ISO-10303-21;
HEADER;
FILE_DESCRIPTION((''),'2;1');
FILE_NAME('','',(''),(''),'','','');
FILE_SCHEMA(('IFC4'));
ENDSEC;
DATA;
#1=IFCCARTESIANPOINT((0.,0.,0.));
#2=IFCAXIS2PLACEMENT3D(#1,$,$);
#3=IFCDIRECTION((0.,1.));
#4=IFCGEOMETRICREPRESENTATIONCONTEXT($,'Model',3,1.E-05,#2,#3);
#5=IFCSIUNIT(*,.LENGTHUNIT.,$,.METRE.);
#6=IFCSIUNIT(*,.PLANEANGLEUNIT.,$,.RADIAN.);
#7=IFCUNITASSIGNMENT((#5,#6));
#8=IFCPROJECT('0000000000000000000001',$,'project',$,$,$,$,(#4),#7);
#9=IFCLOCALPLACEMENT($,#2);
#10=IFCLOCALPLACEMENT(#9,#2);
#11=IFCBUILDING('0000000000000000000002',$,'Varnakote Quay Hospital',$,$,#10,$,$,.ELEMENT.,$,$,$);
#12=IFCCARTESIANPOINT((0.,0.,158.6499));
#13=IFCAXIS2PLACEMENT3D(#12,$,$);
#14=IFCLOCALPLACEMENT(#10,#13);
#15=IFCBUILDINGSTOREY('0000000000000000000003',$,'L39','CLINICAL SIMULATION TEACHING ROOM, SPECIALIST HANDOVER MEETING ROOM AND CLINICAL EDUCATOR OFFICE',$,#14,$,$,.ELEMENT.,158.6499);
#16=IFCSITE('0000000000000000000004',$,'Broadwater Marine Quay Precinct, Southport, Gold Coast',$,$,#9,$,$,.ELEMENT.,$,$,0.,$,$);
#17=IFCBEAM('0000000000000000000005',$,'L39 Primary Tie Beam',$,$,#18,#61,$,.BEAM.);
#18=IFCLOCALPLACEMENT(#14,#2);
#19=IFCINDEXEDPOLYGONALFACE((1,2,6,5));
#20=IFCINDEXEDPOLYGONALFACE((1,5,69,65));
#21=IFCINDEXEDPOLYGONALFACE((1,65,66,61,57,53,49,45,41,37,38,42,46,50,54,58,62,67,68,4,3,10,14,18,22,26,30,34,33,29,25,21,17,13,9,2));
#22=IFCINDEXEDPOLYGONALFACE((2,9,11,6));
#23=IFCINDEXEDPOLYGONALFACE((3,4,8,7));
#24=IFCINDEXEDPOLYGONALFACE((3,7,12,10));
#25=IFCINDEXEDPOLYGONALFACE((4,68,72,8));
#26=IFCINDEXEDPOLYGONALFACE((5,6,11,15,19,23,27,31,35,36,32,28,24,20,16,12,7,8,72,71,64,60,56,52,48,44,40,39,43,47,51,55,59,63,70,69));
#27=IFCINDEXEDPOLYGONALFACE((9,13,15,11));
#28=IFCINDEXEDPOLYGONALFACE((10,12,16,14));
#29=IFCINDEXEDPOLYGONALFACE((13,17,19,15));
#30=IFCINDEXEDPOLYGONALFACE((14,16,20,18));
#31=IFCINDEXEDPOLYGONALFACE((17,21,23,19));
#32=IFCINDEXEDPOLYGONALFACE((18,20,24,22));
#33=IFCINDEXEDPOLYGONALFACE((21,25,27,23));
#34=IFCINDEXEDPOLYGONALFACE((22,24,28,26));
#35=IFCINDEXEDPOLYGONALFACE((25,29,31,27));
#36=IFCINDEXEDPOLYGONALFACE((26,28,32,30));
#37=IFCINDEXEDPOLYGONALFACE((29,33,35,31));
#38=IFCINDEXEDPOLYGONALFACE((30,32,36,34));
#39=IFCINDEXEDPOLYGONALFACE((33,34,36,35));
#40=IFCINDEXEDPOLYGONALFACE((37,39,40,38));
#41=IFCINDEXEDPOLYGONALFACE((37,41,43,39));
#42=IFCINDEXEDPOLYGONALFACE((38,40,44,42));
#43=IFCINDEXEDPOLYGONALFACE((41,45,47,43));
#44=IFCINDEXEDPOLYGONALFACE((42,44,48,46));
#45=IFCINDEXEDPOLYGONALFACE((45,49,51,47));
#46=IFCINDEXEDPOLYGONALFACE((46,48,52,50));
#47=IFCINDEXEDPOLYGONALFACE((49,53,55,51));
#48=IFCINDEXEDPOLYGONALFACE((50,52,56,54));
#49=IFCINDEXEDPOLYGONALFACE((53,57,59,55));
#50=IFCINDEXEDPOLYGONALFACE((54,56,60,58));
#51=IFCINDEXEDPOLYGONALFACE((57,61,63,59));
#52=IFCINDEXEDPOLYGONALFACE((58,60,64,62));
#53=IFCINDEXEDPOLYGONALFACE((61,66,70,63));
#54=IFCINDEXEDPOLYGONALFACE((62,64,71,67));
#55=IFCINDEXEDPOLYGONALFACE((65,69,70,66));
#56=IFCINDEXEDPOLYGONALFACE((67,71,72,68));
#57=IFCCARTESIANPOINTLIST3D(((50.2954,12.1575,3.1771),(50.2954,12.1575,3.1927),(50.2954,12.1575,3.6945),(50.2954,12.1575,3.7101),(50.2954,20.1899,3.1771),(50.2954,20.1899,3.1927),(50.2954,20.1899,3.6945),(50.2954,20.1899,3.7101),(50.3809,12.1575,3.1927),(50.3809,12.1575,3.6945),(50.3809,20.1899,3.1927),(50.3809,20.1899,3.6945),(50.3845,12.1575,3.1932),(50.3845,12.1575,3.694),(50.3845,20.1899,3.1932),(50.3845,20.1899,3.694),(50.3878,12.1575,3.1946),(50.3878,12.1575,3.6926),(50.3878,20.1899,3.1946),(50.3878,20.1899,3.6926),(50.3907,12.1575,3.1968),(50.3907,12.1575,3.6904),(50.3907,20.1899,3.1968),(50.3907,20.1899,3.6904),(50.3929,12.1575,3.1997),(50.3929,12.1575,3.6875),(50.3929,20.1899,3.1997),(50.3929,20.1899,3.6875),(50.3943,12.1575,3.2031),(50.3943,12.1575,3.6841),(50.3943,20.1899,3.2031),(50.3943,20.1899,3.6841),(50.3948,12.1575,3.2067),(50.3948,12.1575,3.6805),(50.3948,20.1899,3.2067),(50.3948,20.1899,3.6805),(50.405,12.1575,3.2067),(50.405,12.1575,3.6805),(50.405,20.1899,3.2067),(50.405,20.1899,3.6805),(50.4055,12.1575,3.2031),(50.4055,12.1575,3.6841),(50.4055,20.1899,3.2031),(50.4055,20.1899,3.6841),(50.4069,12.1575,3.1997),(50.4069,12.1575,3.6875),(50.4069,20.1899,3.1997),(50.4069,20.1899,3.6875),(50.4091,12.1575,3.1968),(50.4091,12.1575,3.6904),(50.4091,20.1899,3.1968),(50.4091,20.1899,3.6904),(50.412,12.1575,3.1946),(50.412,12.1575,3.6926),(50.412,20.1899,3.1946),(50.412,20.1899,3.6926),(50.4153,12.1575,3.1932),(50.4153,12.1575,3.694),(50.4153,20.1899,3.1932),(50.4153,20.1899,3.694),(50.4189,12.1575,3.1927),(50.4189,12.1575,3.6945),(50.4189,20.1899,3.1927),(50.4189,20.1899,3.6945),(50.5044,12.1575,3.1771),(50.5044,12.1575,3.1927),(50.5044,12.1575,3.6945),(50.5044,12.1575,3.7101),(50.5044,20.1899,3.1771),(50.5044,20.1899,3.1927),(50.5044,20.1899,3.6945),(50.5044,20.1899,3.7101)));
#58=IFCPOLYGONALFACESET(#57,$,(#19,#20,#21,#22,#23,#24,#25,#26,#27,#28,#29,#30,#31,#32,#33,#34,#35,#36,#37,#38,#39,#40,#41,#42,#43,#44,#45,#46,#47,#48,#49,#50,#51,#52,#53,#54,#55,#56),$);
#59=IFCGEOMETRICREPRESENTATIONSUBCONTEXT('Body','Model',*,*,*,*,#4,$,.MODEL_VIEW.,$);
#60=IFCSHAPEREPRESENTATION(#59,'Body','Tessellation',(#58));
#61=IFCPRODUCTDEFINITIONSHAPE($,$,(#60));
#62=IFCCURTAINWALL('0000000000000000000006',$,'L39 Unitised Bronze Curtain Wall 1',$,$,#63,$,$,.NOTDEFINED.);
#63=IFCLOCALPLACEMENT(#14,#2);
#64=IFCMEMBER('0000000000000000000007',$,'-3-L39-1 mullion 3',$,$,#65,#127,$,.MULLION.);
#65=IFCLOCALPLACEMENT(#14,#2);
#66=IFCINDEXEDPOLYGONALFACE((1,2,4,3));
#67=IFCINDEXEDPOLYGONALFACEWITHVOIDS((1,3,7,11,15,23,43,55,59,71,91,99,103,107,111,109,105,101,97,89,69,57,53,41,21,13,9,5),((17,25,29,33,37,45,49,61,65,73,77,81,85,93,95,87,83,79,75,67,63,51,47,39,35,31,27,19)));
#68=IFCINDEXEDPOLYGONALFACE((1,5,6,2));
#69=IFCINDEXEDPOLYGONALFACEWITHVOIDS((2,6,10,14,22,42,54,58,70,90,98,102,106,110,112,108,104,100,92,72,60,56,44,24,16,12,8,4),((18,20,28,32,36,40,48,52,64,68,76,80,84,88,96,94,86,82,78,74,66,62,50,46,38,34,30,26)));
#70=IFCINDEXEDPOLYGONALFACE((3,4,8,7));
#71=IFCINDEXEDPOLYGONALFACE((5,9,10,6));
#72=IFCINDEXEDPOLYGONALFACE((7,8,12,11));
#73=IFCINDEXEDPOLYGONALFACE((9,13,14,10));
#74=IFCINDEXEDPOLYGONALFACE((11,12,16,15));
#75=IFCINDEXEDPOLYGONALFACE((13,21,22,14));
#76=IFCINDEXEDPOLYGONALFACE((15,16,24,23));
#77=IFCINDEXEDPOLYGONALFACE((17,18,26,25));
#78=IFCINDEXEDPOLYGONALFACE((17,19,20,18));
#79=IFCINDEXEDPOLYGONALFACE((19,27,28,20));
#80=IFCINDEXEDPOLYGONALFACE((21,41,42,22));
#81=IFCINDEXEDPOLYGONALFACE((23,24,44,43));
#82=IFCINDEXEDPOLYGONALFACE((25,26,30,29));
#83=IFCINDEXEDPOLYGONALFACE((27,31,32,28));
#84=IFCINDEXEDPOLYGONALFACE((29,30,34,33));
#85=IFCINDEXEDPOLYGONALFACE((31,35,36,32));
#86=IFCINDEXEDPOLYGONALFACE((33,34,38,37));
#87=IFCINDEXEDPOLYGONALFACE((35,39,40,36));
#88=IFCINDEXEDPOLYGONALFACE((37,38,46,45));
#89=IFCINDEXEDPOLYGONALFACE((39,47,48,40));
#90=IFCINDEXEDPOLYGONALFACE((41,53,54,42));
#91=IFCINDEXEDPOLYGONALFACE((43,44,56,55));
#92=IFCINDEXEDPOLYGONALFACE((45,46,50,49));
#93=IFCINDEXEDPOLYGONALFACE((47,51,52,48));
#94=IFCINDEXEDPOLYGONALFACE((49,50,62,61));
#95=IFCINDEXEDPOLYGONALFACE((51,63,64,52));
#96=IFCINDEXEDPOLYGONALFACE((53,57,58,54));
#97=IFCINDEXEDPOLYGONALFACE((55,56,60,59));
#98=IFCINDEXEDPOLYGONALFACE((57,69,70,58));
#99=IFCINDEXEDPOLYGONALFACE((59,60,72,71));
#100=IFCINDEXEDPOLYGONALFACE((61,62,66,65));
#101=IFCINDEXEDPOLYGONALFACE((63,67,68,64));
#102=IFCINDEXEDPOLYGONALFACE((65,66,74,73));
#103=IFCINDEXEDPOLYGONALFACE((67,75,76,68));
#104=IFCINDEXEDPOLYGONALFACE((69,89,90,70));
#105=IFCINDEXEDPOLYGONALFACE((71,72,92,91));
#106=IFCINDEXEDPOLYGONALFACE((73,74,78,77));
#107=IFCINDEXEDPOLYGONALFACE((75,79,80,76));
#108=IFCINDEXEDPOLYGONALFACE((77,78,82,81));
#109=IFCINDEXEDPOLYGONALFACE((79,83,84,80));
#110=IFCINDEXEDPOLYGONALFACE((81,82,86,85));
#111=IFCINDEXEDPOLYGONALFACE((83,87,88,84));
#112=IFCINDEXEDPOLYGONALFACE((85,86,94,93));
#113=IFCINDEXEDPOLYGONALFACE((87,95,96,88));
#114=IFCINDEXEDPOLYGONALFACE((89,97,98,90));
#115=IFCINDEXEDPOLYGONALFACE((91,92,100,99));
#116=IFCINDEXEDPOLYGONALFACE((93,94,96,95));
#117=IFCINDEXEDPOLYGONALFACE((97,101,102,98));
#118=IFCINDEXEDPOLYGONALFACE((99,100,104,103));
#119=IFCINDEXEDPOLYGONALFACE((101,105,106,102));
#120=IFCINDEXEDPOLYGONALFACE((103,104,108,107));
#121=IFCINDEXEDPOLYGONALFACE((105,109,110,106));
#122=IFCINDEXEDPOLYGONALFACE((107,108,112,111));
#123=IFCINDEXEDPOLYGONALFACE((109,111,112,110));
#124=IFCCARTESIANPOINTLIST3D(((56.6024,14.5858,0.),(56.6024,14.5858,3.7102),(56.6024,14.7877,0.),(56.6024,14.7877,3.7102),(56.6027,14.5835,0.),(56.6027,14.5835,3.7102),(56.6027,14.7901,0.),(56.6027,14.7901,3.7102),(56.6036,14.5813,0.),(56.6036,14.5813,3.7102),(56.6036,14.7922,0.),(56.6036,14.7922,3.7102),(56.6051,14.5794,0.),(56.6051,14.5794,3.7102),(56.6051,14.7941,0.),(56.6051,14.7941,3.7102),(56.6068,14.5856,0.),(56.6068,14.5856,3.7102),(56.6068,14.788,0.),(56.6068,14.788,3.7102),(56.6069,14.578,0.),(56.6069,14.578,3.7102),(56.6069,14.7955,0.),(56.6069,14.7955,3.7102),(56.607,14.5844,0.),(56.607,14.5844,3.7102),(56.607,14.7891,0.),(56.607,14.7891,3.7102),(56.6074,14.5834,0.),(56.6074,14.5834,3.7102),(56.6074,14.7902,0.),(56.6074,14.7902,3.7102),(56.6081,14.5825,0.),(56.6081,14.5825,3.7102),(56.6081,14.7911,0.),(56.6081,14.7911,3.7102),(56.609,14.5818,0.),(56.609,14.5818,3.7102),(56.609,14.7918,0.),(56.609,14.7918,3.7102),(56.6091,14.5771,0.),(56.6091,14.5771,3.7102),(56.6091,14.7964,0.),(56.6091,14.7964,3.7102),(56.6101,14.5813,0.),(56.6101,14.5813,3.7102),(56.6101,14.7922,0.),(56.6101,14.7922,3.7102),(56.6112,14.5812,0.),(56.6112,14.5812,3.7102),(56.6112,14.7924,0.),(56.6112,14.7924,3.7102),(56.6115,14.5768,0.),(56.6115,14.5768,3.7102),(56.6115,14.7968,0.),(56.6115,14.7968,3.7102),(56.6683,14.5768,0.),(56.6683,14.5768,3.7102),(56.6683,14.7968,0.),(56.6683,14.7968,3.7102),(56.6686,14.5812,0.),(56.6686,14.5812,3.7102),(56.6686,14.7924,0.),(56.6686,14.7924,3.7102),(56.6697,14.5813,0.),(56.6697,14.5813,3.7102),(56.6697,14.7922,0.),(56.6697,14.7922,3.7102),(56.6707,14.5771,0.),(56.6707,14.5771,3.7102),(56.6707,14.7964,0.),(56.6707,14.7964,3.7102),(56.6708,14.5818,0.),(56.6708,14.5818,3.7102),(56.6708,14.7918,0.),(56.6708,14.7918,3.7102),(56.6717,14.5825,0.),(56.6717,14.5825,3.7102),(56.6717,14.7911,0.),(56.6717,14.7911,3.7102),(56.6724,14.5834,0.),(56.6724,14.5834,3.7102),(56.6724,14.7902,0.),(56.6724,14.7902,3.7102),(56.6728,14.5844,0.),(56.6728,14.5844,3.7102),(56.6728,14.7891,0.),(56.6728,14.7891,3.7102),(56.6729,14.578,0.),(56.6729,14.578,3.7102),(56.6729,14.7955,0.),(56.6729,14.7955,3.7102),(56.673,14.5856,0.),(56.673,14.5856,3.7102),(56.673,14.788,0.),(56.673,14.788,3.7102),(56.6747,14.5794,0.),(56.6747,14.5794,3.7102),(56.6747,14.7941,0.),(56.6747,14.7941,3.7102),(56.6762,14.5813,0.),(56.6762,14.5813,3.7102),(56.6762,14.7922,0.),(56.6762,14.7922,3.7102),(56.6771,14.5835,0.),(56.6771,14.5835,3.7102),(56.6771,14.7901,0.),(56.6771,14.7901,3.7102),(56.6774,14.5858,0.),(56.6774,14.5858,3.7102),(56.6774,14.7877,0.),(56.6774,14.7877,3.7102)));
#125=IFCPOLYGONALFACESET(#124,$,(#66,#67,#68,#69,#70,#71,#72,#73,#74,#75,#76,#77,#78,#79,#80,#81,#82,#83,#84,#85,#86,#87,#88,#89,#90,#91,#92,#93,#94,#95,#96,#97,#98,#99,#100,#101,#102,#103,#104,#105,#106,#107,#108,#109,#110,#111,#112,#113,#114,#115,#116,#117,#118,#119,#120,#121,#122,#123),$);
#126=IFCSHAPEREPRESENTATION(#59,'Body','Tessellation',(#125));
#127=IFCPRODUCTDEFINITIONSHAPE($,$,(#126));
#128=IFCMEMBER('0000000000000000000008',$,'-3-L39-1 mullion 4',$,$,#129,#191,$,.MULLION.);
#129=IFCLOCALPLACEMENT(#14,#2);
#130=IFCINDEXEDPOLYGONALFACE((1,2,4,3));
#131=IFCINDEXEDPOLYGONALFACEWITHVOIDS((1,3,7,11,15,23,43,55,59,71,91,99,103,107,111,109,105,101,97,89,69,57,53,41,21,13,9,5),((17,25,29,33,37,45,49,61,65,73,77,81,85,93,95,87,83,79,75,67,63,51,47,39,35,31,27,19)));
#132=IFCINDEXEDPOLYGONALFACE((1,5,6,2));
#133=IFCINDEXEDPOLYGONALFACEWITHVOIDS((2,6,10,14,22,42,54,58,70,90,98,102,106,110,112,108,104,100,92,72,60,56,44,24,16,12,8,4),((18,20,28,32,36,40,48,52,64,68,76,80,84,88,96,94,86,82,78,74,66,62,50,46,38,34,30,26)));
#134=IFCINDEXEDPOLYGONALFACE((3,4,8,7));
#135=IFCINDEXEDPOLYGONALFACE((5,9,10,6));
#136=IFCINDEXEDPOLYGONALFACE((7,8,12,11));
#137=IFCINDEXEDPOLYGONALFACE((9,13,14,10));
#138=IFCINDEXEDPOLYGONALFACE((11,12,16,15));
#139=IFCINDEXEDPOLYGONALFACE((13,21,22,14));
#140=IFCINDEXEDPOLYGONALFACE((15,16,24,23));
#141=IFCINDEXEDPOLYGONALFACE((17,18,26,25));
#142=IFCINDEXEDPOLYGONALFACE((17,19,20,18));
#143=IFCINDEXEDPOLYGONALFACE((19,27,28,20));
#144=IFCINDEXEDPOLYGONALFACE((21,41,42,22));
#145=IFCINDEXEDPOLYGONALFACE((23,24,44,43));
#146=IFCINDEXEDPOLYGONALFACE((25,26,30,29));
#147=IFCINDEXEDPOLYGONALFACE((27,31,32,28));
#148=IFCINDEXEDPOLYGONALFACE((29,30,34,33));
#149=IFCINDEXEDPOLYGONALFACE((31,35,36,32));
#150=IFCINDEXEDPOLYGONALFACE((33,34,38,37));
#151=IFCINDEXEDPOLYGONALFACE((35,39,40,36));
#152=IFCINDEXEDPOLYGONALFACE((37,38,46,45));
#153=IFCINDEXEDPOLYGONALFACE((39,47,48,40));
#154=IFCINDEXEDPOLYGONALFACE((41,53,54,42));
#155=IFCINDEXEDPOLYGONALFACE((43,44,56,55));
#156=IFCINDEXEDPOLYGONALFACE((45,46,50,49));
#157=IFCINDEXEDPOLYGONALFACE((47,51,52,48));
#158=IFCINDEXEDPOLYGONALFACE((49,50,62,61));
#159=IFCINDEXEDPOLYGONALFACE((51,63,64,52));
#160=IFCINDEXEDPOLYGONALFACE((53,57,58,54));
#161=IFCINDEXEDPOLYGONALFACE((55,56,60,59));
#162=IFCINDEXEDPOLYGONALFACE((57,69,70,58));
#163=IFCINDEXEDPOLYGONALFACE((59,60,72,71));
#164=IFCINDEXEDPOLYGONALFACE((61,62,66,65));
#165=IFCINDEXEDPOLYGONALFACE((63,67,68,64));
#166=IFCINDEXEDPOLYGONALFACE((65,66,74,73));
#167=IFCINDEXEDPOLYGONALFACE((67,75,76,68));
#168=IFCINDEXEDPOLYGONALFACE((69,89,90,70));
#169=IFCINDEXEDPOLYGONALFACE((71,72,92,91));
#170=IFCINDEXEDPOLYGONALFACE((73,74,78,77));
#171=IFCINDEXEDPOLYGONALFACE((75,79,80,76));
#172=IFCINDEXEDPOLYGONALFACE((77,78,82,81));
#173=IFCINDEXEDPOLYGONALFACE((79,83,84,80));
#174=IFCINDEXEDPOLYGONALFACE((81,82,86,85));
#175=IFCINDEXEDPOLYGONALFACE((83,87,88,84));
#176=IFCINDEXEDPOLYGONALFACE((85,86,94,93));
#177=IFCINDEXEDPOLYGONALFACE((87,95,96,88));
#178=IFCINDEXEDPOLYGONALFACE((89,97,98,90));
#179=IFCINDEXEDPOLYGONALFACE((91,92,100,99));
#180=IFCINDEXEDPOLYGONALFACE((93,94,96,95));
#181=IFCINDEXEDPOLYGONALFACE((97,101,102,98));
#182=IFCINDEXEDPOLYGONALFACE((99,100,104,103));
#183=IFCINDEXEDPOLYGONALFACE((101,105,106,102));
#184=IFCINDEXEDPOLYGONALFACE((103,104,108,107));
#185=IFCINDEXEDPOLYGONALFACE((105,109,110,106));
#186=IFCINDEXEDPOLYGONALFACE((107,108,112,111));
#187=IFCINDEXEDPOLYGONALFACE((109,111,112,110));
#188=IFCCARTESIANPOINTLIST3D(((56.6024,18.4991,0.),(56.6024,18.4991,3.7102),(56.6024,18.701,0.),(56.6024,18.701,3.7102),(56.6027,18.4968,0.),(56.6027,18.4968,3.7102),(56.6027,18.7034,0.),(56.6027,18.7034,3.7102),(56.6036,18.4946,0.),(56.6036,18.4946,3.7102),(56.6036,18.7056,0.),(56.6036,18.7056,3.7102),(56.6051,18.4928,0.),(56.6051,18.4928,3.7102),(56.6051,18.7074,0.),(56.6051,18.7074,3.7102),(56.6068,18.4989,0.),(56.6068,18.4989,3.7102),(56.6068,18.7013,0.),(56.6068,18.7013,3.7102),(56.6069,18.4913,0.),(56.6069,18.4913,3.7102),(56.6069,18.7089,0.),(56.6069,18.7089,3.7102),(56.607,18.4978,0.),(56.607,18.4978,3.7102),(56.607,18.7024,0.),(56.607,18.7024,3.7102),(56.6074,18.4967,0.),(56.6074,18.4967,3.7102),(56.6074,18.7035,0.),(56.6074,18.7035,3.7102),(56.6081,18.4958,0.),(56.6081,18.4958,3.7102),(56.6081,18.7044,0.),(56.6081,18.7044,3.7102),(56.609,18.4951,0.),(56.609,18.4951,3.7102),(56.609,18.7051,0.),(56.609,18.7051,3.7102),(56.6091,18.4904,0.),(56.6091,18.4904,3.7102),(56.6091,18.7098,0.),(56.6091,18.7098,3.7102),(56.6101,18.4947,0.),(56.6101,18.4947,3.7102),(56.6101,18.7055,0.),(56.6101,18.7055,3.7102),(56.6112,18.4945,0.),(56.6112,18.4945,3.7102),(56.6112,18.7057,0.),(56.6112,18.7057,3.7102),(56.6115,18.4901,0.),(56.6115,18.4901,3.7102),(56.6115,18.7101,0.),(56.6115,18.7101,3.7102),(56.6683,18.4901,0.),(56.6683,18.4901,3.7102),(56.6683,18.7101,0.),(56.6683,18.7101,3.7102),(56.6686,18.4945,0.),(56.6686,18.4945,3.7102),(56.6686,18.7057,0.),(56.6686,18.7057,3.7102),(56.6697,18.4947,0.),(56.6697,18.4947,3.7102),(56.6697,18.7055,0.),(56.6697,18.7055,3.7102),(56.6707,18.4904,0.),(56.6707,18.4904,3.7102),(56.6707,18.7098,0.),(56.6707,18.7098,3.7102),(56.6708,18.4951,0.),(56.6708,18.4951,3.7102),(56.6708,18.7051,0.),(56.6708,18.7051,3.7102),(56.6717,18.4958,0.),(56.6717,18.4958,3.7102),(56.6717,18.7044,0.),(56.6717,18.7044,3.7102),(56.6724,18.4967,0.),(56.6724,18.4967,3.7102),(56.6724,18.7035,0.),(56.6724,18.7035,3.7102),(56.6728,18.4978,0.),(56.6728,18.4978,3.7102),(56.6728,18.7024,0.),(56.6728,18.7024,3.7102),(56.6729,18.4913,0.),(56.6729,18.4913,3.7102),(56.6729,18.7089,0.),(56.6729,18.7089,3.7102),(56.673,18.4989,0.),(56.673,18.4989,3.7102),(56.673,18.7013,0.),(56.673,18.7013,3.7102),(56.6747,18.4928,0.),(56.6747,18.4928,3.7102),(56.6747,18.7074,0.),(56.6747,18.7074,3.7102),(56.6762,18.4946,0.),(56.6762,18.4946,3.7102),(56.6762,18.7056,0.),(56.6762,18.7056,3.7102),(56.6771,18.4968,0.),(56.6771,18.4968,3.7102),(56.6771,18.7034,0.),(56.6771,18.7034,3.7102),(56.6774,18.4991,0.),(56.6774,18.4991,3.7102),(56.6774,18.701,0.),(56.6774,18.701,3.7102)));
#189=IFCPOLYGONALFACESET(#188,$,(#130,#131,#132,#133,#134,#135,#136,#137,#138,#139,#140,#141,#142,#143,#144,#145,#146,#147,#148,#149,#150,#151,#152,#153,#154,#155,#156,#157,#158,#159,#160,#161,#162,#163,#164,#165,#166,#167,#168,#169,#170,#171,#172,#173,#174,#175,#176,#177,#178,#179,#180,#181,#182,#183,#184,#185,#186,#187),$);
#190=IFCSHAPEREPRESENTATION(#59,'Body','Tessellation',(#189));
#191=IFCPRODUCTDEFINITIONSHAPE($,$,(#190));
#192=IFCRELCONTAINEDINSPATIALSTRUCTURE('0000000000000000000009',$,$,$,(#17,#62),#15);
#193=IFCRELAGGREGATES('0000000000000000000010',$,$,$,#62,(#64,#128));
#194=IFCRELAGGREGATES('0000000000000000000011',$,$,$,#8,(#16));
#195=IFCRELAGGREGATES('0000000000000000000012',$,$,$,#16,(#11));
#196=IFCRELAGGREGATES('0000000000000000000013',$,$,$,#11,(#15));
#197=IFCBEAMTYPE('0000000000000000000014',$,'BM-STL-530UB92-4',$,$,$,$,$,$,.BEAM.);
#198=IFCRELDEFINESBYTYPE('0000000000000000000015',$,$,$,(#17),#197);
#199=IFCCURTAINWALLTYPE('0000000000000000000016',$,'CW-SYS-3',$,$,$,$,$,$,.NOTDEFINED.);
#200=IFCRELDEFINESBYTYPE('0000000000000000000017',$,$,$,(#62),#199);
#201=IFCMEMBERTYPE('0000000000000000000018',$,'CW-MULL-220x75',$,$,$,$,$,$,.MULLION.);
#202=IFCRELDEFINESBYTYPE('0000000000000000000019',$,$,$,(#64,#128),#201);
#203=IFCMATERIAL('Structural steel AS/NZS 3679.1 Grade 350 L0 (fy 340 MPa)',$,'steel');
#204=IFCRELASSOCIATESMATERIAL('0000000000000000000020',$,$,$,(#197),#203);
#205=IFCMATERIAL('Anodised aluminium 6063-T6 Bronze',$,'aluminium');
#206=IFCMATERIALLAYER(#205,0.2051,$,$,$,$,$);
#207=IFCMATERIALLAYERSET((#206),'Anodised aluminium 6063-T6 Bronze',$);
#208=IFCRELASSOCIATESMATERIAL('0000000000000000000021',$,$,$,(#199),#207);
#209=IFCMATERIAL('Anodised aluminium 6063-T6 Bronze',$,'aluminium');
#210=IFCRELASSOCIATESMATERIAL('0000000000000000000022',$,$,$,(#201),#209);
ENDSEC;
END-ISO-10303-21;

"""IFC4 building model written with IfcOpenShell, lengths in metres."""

from ifc_helpers import new_model, si_unit, direction, frame, origin, origin_2d, place, context, subcontext, project, spatial, hollow_rectangle, i_section, extrude, material, layer, layer_set, material_profile, profile_set, type_object, element, aggregate, save


model = new_model("IFC4")

# Units and contexts
model_context = context("Model", 3, precision=1e-05, world=origin(), true_north=direction((0.0, 1.0)))
body_context = subcontext(model_context, "Body", "Model", "MODEL_VIEW")
ifc_project = project(units=[si_unit("LENGTHUNIT", "METRE"), si_unit("PLANEANGLEUNIT", "RADIAN")], contexts=[model_context])

# Site, building, storey
site_placement = place(None, origin())
site = spatial("IfcSite", under=ifc_project, at=site_placement, Name="Broadwater Marine Quay Precinct, Southport, Gold Coast", CompositionType="ELEMENT", RefElevation=0.0)
building_placement = place(site_placement, origin())
building = spatial("IfcBuilding", under=site, at=building_placement, Name="Varnakote Quay Hospital", CompositionType="ELEMENT")
storey_placement = place(building_placement, frame((0.0, 0.0, 158.6499)))
storey = spatial("IfcBuildingStorey", under=building, at=storey_placement, Name="L39", Description="CLINICAL SIMULATION TEACHING ROOM, SPECIALIST HANDOVER MEETING ROOM AND CLINICAL EDUCATOR OFFICE", CompositionType="ELEMENT", Elevation=158.6499)

# Beam
ifc_material_1 = material(Name="Structural steel AS/NZS 3679.1 Grade 350 L0 (fy 340 MPa)", Category="steel")
ifc_material_profile_1 = material_profile(ifc_material_1, i_section(OverallWidth=0.209, OverallDepth=0.533, WebThickness=0.0103, FlangeThickness=0.0156, FilletRadius=0.0139, at=origin_2d()), Name="530UB92.4")
ifc_profile_set_1 = profile_set([ifc_material_profile_1], Name="Structural steel AS/NZS 3679.1 Grade 350 L0 (fy 340 MPa)")
beam_type = type_object("IfcBeamType", Name="BM-STL-530UB92-4", PredefinedType="BEAM", material=ifc_profile_set_1)
beam_placement = place(storey_placement, frame((50.3999, 12.1575, 3.4436), z_axis=(0.0, 1.0, 0.0), x_axis=(-1.0, 0.0, 0.0)))
element("IfcBeam", 1, at=beam_placement, inside=storey, type_object=beam_type, Name="L39 Primary Tie Beam", PredefinedType="BEAM", context=body_context, shape_type="SweptSolid", body=[
    extrude(i_section(OverallWidth=0.209, OverallDepth=0.533, WebThickness=0.0103, FlangeThickness=0.0156, FilletRadius=0.0139, at=origin_2d()), origin(), (0.0, 0.0, 1.0), 8.0325),
])

# Curtain wall, members
ifc_material_2 = material(Name="Anodised aluminium 6063-T6 Bronze", Category="aluminium")
ifc_layer_1 = layer(ifc_material_2, 0.2051)
ifc_layer_set_1 = layer_set([ifc_layer_1], Name="Anodised aluminium 6063-T6 Bronze")
curtain_wall_type = type_object("IfcCurtainWallType", Name="CW-SYS-3", PredefinedType="NOTDEFINED", material=ifc_layer_set_1)
curtain_wall_placement = place(storey_placement, origin())
curtain_wall = element("IfcCurtainWall", 2, at=curtain_wall_placement, inside=storey, type_object=curtain_wall_type, Name="L39 Unitised Bronze Curtain Wall 1", PredefinedType="NOTDEFINED")
ifc_material_3 = material(Name="Anodised aluminium 6063-T6 Bronze", Category="aluminium")
ifc_material_profile_2 = material_profile(ifc_material_3, hollow_rectangle(XDim=0.075, YDim=0.22, WallThickness=0.0044, InnerFilletRadius=0.0044, OuterFilletRadius=0.009, at=origin_2d()), Name="CW-MULL-220x75")
ifc_profile_set_2 = profile_set([ifc_material_profile_2], Name="Anodised aluminium 6063-T6 Bronze")
member_type_1 = type_object("IfcMemberType", Name="CW-MULL-220x75", PredefinedType="MULLION", material=ifc_profile_set_2)
member_1_placement = place(storey_placement, frame((56.6399, 14.6868, 0.0), z_axis=(0.0, 0.0, 1.0), x_axis=(-1.0, 0.0, 0.0)))
member_1 = element("IfcMember", 3, at=member_1_placement, type_object=member_type_1, Name="-3-L39-1 mullion 3", PredefinedType="MULLION", context=body_context, shape_type="SweptSolid", body=[
    extrude(hollow_rectangle(XDim=0.075, YDim=0.22, WallThickness=0.0044, InnerFilletRadius=0.0044, OuterFilletRadius=0.009, at=origin_2d()), origin(), (0.0, 0.0, 1.0), 3.7102),
])
member_2_placement = place(storey_placement, frame((56.6399, 18.6001, 0.0), z_axis=(0.0, 0.0, 1.0), x_axis=(-1.0, 0.0, 0.0)))
member_2 = element("IfcMember", 4, at=member_2_placement, type_object=member_type_1, Name="-3-L39-1 mullion 4", PredefinedType="MULLION", context=body_context, shape_type="SweptSolid", body=[
    extrude(hollow_rectangle(XDim=0.075, YDim=0.22, WallThickness=0.0044, InnerFilletRadius=0.0044, OuterFilletRadius=0.009, at=origin_2d()), origin(), (0.0, 0.0, 1.0), 3.7102),
])
aggregate(curtain_wall, [member_1, member_2])

save(model, "model.ifc")
